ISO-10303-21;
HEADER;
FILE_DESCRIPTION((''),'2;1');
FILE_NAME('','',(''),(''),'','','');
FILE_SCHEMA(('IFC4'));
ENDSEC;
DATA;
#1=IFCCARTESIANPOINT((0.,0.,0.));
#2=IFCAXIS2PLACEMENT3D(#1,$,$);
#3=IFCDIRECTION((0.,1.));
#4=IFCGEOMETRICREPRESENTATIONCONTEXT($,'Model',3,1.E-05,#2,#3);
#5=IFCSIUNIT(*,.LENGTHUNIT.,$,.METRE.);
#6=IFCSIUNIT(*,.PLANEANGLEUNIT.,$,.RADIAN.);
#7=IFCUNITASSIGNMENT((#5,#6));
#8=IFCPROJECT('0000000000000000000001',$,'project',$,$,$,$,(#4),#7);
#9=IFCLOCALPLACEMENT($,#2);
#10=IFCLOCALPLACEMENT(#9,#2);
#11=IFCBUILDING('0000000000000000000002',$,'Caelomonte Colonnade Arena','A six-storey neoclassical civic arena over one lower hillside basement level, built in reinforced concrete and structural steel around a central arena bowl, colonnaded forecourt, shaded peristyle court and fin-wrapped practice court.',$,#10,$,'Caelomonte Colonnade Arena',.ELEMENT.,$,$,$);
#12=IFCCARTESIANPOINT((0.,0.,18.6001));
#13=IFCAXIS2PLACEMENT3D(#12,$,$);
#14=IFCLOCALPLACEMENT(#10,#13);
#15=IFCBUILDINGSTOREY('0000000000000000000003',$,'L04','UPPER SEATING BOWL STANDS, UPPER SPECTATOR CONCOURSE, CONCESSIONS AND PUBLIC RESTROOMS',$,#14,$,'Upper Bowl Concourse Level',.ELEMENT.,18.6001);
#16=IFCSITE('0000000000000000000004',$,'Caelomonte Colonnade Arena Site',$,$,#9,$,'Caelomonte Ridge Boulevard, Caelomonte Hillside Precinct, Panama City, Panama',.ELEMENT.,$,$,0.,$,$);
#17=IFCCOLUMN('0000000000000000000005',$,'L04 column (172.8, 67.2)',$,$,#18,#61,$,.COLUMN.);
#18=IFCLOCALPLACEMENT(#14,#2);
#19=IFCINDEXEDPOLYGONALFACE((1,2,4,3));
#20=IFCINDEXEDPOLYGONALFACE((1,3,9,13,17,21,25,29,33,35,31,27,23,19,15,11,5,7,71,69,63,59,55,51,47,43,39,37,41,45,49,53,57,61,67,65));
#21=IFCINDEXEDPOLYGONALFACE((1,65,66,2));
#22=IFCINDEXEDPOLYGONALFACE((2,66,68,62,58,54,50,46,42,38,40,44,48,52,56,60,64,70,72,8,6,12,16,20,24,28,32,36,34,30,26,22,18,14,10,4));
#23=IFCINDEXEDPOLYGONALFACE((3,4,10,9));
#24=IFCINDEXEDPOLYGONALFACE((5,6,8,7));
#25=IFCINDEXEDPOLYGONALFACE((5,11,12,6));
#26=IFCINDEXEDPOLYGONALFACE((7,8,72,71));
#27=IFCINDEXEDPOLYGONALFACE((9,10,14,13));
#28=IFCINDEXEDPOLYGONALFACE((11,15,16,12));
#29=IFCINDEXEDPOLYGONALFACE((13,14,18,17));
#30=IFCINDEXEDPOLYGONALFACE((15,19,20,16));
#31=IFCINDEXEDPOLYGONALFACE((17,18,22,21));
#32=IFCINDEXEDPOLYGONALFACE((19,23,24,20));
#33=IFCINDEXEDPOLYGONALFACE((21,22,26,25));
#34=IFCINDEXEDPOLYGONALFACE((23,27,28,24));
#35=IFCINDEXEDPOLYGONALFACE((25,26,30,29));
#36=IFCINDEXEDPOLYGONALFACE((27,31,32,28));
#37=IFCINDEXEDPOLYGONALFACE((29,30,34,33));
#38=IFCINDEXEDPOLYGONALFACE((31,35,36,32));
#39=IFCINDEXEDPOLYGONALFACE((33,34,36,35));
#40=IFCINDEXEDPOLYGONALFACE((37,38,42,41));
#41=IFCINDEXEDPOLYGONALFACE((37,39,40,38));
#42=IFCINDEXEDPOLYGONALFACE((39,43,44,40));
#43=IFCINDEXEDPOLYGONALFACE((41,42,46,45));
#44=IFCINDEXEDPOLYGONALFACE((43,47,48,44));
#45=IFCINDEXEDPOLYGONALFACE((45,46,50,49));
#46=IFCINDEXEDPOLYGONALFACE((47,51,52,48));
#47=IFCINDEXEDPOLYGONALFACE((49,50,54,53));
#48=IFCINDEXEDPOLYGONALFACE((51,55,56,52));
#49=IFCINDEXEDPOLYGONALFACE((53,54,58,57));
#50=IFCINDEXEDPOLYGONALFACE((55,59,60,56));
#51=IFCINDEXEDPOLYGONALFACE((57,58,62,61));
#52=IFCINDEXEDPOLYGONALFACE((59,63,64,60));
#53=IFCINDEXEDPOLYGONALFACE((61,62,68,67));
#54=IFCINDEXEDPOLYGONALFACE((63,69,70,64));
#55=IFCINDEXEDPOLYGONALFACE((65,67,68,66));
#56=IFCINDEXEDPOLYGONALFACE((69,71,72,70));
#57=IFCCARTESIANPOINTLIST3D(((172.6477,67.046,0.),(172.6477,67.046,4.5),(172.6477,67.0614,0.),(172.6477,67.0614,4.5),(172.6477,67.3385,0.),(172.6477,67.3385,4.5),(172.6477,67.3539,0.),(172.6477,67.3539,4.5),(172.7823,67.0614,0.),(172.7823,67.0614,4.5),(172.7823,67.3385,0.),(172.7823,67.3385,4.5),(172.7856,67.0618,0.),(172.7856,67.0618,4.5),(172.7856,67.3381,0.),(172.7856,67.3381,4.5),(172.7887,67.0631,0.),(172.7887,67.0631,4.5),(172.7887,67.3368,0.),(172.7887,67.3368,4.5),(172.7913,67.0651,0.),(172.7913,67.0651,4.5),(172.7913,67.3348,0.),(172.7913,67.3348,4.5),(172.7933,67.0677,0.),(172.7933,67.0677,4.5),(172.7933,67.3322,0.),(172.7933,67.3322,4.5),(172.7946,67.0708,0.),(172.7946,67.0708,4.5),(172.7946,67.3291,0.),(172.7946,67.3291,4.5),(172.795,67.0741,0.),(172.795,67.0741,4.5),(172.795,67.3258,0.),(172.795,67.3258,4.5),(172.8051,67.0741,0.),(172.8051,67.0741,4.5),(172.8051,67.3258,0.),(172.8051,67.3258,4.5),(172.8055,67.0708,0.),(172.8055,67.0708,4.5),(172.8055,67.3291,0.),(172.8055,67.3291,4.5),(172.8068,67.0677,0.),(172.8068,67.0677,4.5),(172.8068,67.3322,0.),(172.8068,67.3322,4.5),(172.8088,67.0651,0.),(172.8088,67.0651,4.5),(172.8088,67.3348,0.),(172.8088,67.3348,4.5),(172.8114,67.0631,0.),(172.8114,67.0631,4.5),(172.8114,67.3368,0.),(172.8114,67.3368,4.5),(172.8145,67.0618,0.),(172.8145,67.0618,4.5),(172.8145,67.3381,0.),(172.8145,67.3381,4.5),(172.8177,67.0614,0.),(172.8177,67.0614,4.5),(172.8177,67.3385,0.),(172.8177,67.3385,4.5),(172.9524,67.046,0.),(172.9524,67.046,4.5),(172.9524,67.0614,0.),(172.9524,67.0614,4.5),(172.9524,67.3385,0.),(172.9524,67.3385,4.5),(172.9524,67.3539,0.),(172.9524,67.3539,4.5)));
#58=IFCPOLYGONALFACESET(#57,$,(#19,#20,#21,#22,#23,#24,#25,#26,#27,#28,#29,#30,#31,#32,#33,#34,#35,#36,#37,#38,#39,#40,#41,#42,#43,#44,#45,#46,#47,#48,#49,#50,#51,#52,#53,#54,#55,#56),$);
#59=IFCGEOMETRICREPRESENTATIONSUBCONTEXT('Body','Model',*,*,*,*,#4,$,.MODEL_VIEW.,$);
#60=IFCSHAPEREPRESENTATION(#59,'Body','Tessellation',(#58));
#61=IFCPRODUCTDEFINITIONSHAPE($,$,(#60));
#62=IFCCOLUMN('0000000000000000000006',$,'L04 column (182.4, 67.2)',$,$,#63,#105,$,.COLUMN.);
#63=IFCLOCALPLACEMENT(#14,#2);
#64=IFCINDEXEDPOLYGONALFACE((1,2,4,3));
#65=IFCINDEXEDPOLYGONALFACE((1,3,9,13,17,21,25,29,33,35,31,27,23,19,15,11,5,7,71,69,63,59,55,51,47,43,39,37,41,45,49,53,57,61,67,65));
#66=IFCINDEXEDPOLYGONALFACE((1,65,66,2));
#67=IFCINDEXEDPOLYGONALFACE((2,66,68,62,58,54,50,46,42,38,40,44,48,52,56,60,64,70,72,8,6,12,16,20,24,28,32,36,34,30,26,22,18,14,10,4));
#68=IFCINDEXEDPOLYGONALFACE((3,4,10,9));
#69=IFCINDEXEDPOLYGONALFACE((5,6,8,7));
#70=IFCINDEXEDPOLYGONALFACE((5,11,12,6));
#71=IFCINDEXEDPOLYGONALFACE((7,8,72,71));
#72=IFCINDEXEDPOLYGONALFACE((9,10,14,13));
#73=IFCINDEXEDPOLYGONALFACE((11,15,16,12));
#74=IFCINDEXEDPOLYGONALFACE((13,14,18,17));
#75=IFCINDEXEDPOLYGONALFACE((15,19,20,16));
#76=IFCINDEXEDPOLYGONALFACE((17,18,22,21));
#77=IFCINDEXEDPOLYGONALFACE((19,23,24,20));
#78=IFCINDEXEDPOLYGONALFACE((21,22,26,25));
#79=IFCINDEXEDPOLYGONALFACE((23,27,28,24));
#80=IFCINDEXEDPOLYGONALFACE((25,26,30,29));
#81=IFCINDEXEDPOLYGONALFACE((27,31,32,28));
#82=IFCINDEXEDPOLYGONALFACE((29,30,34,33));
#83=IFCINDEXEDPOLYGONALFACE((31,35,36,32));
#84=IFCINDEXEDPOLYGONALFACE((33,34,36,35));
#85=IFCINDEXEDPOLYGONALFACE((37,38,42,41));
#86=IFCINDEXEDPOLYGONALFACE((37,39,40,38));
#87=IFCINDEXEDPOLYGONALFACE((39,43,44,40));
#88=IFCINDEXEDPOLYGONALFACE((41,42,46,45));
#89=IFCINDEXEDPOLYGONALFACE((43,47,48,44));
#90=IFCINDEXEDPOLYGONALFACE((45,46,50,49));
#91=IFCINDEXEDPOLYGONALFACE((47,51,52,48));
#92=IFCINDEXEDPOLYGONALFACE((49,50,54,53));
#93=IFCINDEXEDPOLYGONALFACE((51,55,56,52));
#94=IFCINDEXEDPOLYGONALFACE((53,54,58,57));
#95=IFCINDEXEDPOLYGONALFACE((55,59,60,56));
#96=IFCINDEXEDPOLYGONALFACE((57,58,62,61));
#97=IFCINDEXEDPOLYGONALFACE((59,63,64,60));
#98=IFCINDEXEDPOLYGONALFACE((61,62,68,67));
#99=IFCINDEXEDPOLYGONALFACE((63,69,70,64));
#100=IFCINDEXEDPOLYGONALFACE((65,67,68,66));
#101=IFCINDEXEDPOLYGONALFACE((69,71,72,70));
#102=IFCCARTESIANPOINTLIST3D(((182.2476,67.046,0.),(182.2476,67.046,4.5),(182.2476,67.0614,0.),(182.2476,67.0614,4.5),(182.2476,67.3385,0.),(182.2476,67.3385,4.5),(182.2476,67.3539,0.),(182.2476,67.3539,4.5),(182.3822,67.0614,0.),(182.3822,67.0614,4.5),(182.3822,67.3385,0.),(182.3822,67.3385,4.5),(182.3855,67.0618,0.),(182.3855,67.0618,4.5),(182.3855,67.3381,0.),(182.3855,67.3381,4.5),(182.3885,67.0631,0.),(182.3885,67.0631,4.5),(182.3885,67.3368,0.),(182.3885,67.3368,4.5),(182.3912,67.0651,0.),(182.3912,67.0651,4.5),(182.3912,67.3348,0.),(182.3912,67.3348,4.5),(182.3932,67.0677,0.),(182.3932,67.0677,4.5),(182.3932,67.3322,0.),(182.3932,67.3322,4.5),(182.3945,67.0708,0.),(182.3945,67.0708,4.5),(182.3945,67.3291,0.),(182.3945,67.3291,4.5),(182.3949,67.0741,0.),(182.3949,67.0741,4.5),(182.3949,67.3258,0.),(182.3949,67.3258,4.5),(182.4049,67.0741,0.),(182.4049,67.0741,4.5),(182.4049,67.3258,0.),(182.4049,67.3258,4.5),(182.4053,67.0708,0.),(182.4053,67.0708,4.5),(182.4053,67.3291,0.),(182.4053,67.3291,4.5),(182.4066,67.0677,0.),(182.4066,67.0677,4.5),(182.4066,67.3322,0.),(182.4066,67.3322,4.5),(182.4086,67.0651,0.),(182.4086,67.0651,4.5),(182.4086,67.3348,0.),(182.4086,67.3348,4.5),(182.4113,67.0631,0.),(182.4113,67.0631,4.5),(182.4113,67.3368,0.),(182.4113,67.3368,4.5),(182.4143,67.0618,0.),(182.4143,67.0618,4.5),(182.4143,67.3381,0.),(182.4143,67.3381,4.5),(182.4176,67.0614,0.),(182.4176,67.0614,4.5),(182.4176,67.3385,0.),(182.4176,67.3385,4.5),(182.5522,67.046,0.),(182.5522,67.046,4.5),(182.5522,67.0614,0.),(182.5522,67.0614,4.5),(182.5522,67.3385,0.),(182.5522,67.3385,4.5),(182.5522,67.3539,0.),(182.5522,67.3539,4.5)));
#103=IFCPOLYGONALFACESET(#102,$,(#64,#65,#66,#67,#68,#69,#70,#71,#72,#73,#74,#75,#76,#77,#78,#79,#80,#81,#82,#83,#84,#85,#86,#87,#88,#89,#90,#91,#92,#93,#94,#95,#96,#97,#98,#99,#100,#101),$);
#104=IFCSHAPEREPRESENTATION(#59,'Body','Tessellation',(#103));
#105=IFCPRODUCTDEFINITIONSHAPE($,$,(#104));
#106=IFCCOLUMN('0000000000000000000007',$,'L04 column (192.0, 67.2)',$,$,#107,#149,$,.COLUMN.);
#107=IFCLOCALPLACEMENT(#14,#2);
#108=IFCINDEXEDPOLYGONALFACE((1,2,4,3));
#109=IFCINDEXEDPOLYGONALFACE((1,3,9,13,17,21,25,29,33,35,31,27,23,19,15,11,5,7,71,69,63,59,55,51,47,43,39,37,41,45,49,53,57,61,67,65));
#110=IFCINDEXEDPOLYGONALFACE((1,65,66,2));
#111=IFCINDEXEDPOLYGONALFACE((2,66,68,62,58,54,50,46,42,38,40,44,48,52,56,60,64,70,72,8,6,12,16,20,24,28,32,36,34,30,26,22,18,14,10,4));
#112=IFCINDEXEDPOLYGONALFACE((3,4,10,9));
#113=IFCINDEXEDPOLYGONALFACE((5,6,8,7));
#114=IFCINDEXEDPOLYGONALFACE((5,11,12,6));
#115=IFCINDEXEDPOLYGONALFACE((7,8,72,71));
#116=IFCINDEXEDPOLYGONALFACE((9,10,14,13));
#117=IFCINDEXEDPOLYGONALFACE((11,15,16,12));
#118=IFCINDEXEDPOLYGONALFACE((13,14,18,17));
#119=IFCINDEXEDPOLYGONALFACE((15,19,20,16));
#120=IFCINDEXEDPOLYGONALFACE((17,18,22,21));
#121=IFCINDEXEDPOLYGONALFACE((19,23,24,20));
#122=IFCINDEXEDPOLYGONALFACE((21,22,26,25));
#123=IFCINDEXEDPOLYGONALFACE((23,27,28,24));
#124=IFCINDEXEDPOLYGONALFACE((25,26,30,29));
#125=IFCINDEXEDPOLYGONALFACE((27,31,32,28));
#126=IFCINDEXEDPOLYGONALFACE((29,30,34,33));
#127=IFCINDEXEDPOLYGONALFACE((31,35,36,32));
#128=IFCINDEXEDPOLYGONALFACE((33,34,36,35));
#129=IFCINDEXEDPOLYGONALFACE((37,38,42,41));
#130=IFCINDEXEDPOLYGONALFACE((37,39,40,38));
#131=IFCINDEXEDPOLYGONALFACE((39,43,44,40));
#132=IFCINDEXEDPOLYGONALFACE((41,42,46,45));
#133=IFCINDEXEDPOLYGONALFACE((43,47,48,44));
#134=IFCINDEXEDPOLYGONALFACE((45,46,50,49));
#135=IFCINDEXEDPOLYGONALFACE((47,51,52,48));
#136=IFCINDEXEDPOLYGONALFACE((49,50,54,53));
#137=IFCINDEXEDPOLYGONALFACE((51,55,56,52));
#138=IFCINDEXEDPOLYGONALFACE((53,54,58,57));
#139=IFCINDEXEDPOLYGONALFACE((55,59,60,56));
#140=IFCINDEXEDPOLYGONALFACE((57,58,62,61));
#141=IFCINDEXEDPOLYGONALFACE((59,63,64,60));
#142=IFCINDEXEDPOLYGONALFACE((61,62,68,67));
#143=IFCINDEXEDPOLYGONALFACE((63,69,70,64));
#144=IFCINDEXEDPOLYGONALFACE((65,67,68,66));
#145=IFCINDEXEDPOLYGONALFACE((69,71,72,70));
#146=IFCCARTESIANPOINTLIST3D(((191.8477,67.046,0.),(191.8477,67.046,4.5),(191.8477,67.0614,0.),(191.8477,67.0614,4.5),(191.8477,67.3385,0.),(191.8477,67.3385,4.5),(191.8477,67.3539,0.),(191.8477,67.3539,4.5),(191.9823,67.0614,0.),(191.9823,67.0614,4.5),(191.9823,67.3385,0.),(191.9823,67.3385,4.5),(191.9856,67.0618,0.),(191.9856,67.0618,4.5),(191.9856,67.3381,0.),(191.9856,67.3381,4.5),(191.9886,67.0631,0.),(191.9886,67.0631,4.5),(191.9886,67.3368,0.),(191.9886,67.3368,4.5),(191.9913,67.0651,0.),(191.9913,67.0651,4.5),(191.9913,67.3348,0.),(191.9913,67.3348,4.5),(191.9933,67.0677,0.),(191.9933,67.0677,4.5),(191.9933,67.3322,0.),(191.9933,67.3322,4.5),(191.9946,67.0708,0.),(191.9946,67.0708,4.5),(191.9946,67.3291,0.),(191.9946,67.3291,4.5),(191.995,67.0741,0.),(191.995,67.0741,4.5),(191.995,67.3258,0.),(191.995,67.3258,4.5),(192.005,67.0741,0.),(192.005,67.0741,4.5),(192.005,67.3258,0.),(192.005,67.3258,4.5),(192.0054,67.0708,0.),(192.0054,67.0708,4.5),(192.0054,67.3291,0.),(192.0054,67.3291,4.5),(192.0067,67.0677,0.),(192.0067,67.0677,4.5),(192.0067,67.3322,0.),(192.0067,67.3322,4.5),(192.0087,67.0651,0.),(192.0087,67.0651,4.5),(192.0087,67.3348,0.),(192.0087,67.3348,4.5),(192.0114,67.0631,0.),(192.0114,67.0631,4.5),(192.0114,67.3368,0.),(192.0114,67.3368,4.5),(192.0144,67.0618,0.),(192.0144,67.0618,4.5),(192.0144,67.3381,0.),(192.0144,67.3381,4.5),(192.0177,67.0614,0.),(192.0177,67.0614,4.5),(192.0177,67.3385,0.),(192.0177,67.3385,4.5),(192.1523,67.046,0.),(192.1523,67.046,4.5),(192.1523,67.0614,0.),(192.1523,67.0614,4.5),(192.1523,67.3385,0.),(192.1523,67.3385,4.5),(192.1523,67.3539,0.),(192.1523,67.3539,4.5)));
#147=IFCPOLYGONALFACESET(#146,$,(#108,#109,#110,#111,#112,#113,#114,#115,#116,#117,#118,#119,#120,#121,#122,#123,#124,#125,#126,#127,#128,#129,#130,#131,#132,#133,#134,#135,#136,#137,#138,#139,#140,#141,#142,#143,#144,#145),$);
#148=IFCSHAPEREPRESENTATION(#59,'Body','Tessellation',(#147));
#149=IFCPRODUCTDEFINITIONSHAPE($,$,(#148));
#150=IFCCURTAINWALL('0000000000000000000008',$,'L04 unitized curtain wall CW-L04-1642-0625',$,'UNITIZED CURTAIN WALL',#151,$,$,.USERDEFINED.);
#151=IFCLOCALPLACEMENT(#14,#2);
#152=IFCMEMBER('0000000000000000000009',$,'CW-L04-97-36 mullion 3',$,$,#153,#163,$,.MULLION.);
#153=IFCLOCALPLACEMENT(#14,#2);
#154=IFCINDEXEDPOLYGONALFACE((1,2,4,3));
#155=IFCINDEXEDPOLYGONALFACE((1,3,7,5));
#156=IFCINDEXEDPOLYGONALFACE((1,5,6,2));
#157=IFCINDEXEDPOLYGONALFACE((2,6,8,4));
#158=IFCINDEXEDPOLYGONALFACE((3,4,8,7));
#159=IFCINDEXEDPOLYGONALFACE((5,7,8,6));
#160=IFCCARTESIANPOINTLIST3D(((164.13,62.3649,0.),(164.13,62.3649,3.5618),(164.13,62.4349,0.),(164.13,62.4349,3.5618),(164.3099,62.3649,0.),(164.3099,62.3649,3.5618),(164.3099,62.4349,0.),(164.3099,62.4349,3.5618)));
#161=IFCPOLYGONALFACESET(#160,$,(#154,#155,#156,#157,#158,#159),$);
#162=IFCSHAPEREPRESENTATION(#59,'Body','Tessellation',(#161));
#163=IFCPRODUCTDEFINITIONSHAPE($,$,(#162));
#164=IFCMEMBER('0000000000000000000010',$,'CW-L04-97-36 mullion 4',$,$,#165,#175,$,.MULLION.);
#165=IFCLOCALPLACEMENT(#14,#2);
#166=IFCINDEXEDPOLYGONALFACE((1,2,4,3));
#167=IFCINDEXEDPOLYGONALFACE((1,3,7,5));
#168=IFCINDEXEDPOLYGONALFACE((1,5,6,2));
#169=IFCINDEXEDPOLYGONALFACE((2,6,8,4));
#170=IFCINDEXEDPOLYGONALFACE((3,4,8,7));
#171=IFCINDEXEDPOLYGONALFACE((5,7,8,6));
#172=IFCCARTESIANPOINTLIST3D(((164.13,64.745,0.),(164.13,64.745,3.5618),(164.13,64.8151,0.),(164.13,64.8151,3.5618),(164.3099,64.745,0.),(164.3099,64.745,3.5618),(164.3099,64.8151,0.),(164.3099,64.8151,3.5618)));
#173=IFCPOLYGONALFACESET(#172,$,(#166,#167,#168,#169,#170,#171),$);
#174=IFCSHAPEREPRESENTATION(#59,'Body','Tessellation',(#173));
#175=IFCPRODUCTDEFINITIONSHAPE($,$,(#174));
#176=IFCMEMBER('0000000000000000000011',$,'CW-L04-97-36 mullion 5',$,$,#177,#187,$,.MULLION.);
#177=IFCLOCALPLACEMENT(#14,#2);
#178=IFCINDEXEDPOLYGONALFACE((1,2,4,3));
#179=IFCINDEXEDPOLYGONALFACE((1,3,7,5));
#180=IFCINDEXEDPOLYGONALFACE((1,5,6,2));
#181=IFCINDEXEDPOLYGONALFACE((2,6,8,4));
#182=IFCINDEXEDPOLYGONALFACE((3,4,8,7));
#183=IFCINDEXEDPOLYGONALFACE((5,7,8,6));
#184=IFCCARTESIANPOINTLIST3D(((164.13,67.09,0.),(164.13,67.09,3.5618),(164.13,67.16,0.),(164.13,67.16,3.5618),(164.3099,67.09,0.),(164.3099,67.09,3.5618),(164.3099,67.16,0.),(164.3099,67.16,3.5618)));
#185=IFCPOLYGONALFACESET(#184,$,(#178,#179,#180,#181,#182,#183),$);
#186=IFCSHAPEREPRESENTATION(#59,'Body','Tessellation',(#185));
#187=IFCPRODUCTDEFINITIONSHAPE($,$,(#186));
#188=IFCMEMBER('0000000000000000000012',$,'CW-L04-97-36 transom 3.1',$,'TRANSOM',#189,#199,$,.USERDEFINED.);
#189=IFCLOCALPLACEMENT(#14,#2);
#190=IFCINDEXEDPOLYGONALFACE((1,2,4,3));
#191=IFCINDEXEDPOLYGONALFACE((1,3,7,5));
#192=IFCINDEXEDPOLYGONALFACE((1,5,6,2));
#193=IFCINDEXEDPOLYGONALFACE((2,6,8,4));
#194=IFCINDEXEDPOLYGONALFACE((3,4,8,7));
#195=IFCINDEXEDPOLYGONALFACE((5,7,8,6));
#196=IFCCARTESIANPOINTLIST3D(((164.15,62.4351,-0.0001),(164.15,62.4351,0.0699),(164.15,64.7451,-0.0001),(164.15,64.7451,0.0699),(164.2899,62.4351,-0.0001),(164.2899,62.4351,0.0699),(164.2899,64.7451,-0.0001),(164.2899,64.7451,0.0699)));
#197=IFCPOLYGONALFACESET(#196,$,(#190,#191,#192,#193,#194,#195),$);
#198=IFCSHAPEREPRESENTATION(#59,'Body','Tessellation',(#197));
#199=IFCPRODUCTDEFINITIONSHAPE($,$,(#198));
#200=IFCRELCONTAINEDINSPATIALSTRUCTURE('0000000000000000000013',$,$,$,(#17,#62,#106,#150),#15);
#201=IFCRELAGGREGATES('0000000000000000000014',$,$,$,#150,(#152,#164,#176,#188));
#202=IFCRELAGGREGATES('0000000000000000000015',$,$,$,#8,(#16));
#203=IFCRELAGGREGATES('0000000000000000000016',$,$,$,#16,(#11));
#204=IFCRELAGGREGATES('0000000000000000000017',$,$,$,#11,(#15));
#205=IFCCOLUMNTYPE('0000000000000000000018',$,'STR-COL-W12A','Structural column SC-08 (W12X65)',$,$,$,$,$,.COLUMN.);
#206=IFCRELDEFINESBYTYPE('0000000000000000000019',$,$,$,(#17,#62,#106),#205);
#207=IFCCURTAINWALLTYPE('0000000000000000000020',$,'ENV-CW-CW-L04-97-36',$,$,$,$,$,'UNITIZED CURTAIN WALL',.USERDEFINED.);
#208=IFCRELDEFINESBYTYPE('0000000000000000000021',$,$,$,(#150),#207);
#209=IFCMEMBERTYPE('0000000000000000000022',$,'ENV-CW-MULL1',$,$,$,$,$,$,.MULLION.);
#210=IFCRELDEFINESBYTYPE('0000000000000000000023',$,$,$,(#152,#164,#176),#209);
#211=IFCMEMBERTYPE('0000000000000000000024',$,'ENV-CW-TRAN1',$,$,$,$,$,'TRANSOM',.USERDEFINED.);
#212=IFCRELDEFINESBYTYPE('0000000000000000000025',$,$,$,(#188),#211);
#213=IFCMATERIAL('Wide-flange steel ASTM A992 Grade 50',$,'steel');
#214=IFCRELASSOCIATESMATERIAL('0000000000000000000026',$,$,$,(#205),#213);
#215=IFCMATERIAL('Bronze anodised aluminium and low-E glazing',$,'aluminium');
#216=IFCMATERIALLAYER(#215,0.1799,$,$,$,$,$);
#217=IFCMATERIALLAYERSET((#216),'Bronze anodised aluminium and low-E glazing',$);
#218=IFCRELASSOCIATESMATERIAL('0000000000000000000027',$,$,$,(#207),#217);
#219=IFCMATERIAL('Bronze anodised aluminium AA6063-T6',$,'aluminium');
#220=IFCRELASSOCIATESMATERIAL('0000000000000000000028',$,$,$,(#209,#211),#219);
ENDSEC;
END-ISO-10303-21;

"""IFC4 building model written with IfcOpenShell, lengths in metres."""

from ifc_helpers import new_model, si_unit, direction, frame, origin, origin_2d, place, context, subcontext, project, spatial, rectangle, i_section, extrude, material, layer, layer_set, material_profile, profile_set, type_object, element, aggregate, save


model = new_model("IFC4")

# Units and contexts
model_context = context("Model", 3, precision=1e-05, world=origin(), true_north=direction((0.0, 1.0)))
body_context = subcontext(model_context, "Body", "Model", "MODEL_VIEW")
ifc_project = project(units=[si_unit("LENGTHUNIT", "METRE"), si_unit("PLANEANGLEUNIT", "RADIAN")], contexts=[model_context])

# Site, building, storey
site_placement = place(None, origin())
site = spatial("IfcSite", under=ifc_project, at=site_placement, Name="Caelomonte Colonnade Arena Site", LongName="Caelomonte Ridge Boulevard, Caelomonte Hillside Precinct, Panama City, Panama", CompositionType="ELEMENT", RefElevation=0.0)
building_placement = place(site_placement, origin())
building = spatial("IfcBuilding", under=site, at=building_placement, Name="Caelomonte Colonnade Arena", Description="A six-storey neoclassical civic arena over one lower hillside basement level, built in reinforced concrete and structural steel around a central arena bowl, colonnaded forecourt, shaded peristyle court and fin-wrapped practice court.", LongName="Caelomonte Colonnade Arena", CompositionType="ELEMENT")
storey_placement = place(building_placement, frame((0.0, 0.0, 18.6001)))
storey = spatial("IfcBuildingStorey", under=building, at=storey_placement, Name="L04", Description="UPPER SEATING BOWL STANDS, UPPER SPECTATOR CONCOURSE, CONCESSIONS AND PUBLIC RESTROOMS", LongName="Upper Bowl Concourse Level", CompositionType="ELEMENT", Elevation=18.6001)

# Columns
ifc_material_1 = material(Name="Wide-flange steel ASTM A992 Grade 50", Category="steel")
ifc_material_profile_1 = material_profile(ifc_material_1, i_section(OverallWidth=0.3047, OverallDepth=0.3079, WebThickness=0.01, FlangeThickness=0.0154, FilletRadius=0.0127, at=origin_2d()), Name="W12X65")
ifc_profile_set_1 = profile_set([ifc_material_profile_1], Name="Wide-flange steel ASTM A992 Grade 50")
column_type = type_object("IfcColumnType", Name="STR-COL-W12A", Description="Structural column SC-08 (W12X65)", PredefinedType="COLUMN", material=ifc_profile_set_1)
for number, where, z_axis, x_axis, name in (
    (1, (172.8, 67.2, 0.0), (0.0, 0.0, 1.0), (1.0, 0.0, 0.0), "L04 column (172.8, 67.2)"),
    (2, (182.3999, 67.2, 0.0), (0.0, 0.0, 1.0), (1.0, 0.0, 0.0), "L04 column (182.4, 67.2)"),
    (3, (192.0, 67.2, 0.0), (0.0, 0.0, 1.0), (1.0, 0.0, 0.0), "L04 column (192.0, 67.2)"),
):
    element("IfcColumn", number, at=place(storey_placement, frame(where, z_axis=z_axis, x_axis=x_axis)), inside=storey, type_object=column_type, Name=name, PredefinedType="COLUMN", context=body_context, shape_type="SweptSolid", body=[
        extrude(i_section(OverallWidth=0.3047, OverallDepth=0.3079, WebThickness=0.01, FlangeThickness=0.0154, FilletRadius=0.0127, at=origin_2d()), origin(), (0.0, 0.0, 1.0), 4.5),
    ])

# Curtain wall, members
ifc_material_2 = material(Name="Bronze anodised aluminium and low-E glazing", Category="aluminium")
ifc_layer_1 = layer(ifc_material_2, 0.1799)
ifc_layer_set_1 = layer_set([ifc_layer_1], Name="Bronze anodised aluminium and low-E glazing")
curtain_wall_type = type_object("IfcCurtainWallType", Name="ENV-CW-CW-L04-97-36", ElementType="UNITIZED CURTAIN WALL", PredefinedType="USERDEFINED", material=ifc_layer_set_1)
curtain_wall_placement = place(storey_placement, origin())
curtain_wall = element("IfcCurtainWall", 4, at=curtain_wall_placement, inside=storey, type_object=curtain_wall_type, Name="L04 unitized curtain wall CW-L04-1642-0625", ObjectType="UNITIZED CURTAIN WALL", PredefinedType="USERDEFINED")
ifc_material_3 = material(Name="Bronze anodised aluminium AA6063-T6", Category="aluminium")
ifc_material_profile_2 = material_profile(ifc_material_3, rectangle(XDim=0.0701, YDim=0.1799, at=origin_2d()), Name="CWM-70X180")
ifc_profile_set_2 = profile_set([ifc_material_profile_2], Name="Bronze anodised aluminium AA6063-T6")
member_type_1 = type_object("IfcMemberType", Name="ENV-CW-MULL1", PredefinedType="MULLION", material=ifc_profile_set_2)
member_1_placement = place(storey_placement, frame((164.22, 62.3999, 0.0), z_axis=(0.0, 0.0, 1.0), x_axis=(0.0, 1.0, 0.0)))
member_1 = element("IfcMember", 5, at=member_1_placement, type_object=member_type_1, Name="CW-L04-97-36 mullion 3", PredefinedType="MULLION", context=body_context, shape_type="SweptSolid", body=[
    extrude(rectangle(XDim=0.0701, YDim=0.1799, at=origin_2d()), origin(), (0.0, 0.0, 1.0), 3.5618),
])
member_2_placement = place(storey_placement, frame((164.22, 64.78, 0.0), z_axis=(0.0, 0.0, 1.0), x_axis=(0.0, 1.0, 0.0)))
member_2 = element("IfcMember", 6, at=member_2_placement, type_object=member_type_1, Name="CW-L04-97-36 mullion 4", PredefinedType="MULLION", context=body_context, shape_type="SweptSolid", body=[
    extrude(rectangle(XDim=0.0701, YDim=0.1799, at=origin_2d()), origin(), (0.0, 0.0, 1.0), 3.5618),
])
member_3_placement = place(storey_placement, frame((164.22, 67.125, 0.0), z_axis=(0.0, 0.0, 1.0), x_axis=(0.0, 1.0, 0.0)))
member_3 = element("IfcMember", 7, at=member_3_placement, type_object=member_type_1, Name="CW-L04-97-36 mullion 5", PredefinedType="MULLION", context=body_context, shape_type="SweptSolid", body=[
    extrude(rectangle(XDim=0.0701, YDim=0.1799, at=origin_2d()), origin(), (0.0, 0.0, 1.0), 3.5618),
])
ifc_material_profile_3 = material_profile(ifc_material_3, rectangle(XDim=0.0701, YDim=0.1399, at=origin_2d()), Name="CWT-70X140")
ifc_profile_set_3 = profile_set([ifc_material_profile_3], Name="Bronze anodised aluminium AA6063-T6")
member_type_2 = type_object("IfcMemberType", Name="ENV-CW-TRAN1", ElementType="TRANSOM", PredefinedType="USERDEFINED", material=ifc_profile_set_3)
member_4_placement = place(storey_placement, frame((164.22, 62.4351, 0.0349), z_axis=(0.0, 1.0, 0.0), x_axis=(0.0, 0.0, 1.0)))
member_4 = element("IfcMember", 8, at=member_4_placement, type_object=member_type_2, Name="CW-L04-97-36 transom 3.1", ObjectType="TRANSOM", PredefinedType="USERDEFINED", context=body_context, shape_type="SweptSolid", body=[
    extrude(rectangle(XDim=0.0701, YDim=0.1399, at=origin_2d()), origin(), (0.0, 0.0, 1.0), 2.3101),
])

aggregate(curtain_wall, [member_1, member_2, member_3, member_4])

save(model, "model.ifc")
